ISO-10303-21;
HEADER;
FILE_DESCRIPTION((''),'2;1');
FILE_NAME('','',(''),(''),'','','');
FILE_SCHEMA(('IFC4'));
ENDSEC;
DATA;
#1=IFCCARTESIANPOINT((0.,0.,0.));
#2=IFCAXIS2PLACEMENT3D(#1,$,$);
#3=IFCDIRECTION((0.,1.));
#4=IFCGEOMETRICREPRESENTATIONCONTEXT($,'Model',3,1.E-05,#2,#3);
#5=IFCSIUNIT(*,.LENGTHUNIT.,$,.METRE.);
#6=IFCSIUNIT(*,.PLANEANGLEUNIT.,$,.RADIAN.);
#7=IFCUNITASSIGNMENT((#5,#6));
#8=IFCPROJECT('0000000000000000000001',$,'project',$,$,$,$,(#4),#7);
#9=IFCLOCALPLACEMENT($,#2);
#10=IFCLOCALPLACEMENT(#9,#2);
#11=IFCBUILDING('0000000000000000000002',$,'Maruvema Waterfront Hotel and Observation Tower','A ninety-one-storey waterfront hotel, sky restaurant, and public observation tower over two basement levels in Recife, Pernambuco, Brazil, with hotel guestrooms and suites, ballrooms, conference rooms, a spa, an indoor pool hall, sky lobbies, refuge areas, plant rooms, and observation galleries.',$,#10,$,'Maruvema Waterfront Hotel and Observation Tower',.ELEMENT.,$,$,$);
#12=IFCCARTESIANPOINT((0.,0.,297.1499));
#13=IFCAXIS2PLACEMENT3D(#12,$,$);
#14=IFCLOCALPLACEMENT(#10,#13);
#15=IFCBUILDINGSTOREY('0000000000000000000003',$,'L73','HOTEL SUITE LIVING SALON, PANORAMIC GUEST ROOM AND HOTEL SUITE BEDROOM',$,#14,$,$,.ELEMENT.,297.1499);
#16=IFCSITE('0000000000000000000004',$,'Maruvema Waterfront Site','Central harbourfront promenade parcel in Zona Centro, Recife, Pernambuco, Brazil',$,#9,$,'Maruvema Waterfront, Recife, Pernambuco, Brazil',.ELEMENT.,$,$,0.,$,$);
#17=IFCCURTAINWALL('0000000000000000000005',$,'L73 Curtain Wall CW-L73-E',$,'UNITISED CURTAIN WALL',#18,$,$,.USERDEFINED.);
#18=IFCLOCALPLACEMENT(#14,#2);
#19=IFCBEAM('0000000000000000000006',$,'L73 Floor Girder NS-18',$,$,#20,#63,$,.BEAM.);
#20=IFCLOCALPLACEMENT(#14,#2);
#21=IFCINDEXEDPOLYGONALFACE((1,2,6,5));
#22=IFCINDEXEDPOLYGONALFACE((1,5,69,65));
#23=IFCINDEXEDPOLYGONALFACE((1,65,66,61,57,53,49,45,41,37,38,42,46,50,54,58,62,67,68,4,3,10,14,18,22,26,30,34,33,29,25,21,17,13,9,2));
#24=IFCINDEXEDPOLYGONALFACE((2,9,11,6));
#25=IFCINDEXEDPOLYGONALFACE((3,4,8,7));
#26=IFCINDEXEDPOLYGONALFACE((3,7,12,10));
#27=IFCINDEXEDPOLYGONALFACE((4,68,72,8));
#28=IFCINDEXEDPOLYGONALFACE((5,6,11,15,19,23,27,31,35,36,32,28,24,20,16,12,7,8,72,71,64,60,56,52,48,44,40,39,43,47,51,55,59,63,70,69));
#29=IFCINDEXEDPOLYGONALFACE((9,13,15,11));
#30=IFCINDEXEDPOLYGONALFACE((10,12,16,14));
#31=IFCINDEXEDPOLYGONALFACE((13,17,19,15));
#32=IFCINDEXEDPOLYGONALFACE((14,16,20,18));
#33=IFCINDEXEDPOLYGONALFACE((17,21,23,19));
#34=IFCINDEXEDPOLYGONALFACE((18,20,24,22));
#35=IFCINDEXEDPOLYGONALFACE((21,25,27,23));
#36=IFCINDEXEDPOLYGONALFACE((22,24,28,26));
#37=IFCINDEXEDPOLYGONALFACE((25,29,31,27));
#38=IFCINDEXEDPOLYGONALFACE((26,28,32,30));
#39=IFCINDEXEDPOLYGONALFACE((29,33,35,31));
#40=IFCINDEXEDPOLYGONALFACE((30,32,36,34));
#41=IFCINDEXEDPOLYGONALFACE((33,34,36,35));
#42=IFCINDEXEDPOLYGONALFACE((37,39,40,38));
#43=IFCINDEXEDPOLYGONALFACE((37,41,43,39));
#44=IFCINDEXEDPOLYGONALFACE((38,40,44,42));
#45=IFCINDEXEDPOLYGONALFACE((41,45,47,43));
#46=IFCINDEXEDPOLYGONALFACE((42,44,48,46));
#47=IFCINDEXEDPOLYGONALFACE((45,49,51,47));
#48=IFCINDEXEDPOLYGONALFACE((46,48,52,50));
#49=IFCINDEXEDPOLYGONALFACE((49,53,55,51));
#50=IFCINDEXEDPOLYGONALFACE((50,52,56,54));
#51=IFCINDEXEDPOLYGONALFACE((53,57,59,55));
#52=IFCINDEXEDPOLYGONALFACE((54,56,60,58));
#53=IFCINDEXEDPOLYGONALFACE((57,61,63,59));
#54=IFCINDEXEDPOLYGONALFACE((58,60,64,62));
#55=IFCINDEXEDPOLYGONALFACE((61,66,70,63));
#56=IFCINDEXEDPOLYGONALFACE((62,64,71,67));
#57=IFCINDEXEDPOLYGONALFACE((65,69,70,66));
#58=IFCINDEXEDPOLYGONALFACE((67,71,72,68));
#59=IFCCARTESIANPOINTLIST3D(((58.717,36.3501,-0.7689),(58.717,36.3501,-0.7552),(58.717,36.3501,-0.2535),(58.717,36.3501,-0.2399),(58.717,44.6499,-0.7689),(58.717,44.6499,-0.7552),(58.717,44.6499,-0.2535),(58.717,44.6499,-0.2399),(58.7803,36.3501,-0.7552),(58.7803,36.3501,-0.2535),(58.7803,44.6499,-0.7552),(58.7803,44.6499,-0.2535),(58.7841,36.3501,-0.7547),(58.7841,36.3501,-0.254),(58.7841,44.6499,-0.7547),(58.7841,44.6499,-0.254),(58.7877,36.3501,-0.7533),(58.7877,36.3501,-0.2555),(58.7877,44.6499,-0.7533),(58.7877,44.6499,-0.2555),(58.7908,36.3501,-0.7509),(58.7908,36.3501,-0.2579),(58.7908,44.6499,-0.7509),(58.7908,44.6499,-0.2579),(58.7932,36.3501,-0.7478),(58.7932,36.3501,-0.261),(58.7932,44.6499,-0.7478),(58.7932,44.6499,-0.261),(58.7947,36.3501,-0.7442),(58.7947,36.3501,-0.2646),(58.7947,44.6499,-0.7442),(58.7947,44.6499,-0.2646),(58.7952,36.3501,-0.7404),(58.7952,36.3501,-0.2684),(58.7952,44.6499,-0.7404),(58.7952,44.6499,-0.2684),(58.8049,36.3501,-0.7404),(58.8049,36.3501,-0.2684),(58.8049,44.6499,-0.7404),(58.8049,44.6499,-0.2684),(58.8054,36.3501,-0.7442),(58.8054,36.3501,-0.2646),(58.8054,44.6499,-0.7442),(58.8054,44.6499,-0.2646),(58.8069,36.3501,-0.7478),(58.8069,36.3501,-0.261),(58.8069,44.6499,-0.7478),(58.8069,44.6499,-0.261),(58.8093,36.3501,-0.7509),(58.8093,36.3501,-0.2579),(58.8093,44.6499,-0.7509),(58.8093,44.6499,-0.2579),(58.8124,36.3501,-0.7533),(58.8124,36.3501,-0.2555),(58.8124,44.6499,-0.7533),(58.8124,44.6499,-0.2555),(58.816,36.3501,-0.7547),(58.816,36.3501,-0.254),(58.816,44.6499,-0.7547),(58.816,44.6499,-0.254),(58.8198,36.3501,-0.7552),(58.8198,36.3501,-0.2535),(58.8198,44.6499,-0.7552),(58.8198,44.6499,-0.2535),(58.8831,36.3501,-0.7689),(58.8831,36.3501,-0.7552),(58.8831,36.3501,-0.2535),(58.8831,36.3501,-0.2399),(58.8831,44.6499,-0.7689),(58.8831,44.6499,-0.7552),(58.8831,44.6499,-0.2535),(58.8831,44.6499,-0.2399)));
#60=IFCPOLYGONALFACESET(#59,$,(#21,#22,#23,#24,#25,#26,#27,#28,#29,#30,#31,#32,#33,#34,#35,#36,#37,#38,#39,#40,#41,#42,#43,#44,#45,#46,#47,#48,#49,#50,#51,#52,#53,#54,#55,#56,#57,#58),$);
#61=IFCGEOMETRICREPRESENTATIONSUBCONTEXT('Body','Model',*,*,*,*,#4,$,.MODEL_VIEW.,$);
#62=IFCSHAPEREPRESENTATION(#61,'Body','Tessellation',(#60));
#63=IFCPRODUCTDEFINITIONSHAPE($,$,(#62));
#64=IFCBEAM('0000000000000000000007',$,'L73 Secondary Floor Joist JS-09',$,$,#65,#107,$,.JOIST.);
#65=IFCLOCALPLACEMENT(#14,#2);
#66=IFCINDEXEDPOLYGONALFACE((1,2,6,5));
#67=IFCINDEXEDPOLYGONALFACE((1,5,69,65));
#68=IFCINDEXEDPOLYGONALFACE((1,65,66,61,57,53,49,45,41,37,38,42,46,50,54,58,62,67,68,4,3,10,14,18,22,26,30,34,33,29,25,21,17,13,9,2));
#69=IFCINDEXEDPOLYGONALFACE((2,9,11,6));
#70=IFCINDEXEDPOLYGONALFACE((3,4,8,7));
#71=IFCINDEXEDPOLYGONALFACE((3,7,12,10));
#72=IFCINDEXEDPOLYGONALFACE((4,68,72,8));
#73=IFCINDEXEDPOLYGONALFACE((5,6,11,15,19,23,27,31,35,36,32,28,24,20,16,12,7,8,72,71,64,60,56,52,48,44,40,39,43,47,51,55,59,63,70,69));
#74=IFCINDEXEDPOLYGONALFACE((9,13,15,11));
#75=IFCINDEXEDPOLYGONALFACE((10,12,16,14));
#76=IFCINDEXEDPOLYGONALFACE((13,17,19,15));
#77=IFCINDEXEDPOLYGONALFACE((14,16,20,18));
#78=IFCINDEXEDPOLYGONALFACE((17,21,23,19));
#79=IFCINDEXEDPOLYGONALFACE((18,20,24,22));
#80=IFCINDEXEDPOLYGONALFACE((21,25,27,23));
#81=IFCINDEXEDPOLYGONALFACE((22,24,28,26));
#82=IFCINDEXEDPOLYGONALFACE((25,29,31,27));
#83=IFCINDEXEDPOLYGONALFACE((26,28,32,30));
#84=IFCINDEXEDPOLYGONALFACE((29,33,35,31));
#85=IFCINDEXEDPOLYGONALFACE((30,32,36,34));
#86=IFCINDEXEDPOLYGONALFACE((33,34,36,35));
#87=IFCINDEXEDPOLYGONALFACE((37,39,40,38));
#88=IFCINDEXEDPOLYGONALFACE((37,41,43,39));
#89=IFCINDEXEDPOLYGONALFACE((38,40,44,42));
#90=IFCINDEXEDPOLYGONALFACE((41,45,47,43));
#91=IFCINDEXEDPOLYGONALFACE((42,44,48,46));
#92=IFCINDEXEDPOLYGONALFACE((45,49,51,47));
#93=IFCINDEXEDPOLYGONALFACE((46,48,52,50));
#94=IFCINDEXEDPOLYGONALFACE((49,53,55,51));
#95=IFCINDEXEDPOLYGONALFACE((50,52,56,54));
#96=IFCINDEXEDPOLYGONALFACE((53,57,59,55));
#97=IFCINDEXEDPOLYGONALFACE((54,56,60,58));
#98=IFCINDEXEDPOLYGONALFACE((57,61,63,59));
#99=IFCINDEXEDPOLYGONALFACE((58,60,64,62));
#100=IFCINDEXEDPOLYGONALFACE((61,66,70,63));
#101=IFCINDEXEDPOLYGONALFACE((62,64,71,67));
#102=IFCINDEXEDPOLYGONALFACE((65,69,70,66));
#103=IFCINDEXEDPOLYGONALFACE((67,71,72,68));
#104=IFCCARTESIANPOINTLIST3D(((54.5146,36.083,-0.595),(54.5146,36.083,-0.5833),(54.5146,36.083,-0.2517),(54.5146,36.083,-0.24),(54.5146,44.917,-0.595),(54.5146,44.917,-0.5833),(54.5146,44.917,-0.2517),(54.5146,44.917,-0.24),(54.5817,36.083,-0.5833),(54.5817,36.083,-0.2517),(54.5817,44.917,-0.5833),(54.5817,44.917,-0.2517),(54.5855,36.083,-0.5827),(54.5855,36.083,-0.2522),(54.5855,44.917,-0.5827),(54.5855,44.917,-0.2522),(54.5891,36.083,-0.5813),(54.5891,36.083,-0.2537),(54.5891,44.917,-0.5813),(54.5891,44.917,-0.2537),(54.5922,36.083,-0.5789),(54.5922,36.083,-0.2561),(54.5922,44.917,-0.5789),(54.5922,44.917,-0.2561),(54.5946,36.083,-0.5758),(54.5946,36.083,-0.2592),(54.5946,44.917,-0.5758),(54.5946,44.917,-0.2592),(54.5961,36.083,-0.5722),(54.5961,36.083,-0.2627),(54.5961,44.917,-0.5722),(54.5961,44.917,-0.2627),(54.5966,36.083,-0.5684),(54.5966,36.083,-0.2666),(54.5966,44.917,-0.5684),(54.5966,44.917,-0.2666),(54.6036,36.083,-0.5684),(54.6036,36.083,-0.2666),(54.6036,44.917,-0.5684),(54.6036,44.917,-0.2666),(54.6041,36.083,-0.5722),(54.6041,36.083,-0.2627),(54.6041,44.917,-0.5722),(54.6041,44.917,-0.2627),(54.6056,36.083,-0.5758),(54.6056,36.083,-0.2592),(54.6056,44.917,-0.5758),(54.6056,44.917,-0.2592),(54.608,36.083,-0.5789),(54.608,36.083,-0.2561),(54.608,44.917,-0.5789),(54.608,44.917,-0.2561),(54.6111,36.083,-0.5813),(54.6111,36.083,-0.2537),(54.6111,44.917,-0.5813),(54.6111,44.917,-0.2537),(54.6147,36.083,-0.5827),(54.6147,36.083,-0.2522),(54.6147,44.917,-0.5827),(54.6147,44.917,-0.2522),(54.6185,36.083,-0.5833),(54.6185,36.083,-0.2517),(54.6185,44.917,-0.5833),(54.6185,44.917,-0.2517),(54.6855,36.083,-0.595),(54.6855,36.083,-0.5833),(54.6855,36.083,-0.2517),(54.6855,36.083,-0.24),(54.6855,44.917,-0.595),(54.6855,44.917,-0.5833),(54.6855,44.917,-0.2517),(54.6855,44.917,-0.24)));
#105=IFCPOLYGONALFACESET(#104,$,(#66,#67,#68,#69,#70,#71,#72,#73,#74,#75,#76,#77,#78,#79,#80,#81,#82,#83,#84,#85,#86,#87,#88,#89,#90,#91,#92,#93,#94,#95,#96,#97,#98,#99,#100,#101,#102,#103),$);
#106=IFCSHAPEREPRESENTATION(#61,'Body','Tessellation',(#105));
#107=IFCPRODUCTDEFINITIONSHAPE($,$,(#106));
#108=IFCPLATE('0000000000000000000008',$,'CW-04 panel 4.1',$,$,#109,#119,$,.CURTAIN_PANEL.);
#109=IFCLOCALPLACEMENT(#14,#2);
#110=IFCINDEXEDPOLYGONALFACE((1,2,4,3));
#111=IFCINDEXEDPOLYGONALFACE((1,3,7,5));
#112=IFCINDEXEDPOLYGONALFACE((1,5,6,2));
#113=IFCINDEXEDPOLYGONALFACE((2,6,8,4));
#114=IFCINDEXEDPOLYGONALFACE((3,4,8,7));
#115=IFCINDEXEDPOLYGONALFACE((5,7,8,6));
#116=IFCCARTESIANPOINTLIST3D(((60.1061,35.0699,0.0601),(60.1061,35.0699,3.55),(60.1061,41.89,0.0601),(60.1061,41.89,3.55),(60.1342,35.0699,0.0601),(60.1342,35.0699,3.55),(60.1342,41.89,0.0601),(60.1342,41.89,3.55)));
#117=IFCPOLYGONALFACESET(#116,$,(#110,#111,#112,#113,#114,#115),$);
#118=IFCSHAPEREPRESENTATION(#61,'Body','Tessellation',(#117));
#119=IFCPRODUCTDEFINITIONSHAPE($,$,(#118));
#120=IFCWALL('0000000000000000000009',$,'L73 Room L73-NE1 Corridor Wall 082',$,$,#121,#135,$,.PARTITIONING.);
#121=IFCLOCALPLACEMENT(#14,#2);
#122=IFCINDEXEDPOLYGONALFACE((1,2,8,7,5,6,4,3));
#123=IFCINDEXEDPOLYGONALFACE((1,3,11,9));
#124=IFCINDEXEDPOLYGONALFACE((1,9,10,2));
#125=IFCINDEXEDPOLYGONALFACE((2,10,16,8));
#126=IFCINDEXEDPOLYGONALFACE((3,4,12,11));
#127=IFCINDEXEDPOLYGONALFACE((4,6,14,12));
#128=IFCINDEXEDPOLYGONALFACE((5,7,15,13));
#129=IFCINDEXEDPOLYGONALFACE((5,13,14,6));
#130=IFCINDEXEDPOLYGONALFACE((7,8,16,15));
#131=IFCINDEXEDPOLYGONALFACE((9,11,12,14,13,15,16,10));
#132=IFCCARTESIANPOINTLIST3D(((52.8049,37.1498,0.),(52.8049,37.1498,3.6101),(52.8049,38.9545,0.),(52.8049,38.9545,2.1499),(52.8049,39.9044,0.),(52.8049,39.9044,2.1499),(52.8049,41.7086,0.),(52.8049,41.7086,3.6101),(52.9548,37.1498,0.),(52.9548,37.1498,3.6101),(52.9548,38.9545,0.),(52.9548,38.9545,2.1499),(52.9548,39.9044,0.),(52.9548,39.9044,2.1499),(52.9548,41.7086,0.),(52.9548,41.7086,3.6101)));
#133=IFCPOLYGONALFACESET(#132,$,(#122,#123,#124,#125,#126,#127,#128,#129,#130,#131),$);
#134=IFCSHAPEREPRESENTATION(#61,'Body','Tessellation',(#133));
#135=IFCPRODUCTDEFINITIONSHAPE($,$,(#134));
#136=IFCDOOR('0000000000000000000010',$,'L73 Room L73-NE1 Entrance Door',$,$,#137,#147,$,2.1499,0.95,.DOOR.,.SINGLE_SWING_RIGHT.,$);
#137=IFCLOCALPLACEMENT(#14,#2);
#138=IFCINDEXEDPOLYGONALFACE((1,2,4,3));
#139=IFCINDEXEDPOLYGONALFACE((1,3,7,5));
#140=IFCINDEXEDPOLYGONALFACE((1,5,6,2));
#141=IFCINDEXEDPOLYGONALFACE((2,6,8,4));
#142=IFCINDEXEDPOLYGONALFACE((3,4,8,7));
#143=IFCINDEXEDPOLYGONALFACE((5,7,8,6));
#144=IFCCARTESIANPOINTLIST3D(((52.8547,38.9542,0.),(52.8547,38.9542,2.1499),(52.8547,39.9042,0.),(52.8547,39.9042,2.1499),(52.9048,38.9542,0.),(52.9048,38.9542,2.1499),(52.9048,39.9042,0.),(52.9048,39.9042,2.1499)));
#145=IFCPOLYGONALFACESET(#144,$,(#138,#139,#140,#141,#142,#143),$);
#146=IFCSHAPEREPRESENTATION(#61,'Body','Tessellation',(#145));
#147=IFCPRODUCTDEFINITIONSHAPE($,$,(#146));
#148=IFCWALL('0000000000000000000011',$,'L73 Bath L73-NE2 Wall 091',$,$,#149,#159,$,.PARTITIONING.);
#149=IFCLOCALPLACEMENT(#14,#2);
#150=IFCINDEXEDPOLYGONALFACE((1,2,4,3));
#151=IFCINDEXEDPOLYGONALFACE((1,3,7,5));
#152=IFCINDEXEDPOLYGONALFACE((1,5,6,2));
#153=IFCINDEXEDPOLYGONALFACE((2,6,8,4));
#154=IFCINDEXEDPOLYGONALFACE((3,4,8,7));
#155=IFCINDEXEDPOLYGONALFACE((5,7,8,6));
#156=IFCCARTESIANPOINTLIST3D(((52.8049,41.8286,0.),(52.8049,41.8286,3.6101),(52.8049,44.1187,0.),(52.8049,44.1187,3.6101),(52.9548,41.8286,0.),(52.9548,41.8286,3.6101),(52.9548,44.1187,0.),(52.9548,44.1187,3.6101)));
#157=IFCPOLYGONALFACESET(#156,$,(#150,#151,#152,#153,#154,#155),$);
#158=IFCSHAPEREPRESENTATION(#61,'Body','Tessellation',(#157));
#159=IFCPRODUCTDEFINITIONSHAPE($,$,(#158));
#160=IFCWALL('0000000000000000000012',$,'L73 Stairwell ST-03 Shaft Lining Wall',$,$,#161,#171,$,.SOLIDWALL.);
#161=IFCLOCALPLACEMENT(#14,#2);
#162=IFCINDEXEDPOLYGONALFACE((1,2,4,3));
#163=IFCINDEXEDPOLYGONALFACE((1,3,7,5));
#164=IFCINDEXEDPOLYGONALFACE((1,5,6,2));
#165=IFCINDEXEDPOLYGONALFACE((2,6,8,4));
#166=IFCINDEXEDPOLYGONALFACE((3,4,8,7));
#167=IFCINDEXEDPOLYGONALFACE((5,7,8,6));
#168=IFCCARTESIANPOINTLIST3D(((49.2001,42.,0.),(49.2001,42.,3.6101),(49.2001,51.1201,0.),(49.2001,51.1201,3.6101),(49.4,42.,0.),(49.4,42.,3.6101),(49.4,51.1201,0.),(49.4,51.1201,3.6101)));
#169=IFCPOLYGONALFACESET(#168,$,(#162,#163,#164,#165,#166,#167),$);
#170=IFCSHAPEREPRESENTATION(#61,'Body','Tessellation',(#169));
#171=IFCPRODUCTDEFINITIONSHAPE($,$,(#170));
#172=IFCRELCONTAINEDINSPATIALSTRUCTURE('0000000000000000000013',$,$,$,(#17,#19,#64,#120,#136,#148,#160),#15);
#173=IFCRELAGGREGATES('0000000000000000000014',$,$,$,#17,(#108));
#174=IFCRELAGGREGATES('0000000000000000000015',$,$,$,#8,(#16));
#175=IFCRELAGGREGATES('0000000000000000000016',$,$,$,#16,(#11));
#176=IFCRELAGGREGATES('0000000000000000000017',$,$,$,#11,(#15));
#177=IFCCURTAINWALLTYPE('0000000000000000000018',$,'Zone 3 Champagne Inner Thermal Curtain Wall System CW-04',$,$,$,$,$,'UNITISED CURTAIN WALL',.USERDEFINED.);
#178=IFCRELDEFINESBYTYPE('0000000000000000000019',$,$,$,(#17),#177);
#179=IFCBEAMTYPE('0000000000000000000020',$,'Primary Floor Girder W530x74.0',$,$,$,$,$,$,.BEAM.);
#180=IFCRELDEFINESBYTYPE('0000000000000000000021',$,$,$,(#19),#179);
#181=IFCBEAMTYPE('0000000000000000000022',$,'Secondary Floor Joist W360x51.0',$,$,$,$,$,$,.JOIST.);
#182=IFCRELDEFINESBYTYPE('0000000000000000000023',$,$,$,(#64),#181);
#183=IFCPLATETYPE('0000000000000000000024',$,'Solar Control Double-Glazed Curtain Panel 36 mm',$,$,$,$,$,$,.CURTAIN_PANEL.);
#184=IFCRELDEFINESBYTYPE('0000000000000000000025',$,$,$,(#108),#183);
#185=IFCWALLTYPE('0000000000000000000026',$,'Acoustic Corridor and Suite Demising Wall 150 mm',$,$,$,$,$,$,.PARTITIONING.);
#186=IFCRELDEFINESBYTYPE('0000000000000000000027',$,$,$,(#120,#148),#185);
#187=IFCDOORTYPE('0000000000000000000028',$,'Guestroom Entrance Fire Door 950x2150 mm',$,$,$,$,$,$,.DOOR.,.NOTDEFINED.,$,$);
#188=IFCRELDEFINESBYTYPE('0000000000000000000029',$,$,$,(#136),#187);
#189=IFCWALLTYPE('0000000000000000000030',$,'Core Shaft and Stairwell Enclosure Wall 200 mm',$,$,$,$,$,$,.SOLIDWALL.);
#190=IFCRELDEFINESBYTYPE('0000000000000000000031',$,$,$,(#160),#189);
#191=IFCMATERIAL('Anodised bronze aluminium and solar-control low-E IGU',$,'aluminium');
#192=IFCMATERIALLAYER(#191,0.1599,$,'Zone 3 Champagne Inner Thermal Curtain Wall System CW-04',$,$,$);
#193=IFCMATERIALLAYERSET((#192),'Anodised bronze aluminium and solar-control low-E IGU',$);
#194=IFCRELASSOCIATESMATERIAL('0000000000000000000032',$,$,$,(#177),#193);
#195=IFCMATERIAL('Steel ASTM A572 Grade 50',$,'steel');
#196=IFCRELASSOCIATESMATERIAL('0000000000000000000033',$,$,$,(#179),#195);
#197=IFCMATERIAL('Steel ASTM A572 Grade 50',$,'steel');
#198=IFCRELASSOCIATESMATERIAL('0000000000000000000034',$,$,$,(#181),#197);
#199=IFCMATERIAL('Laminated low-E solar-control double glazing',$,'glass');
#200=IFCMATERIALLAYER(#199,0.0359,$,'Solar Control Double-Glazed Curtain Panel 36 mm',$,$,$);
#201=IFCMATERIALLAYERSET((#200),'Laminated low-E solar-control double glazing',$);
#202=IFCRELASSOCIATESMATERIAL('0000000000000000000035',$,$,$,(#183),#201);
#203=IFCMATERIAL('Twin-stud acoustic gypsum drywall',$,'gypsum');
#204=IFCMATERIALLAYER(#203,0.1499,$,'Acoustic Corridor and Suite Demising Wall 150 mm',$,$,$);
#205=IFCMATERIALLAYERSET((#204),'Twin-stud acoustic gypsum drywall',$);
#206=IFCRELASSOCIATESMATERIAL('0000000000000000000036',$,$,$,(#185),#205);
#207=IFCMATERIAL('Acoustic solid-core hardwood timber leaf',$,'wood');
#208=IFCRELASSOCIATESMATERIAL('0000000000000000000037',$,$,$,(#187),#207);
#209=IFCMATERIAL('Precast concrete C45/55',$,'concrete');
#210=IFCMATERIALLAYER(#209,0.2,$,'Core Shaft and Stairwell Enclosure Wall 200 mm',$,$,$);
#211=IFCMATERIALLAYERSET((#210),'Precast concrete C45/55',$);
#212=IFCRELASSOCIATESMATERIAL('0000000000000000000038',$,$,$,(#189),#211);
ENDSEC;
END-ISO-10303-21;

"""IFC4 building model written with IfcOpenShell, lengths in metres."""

from ifc_helpers import new_model, si_unit, direction, frame, frame_2d, origin, origin_2d, place, context, subcontext, project, spatial, rectangle, i_section, extrude, material, layer, layer_set, material_profile, profile_set, type_object, element, fill, aggregate, save


model = new_model("IFC4")

# Units and contexts
model_context = context("Model", 3, precision=1e-05, world=origin(), true_north=direction((0.0, 1.0)))
body_context = subcontext(model_context, "Body", "Model", "MODEL_VIEW")
ifc_project = project(units=[si_unit("LENGTHUNIT", "METRE"), si_unit("PLANEANGLEUNIT", "RADIAN")], contexts=[model_context])

# Site, building, storey
site_placement = place(None, origin())
site = spatial("IfcSite", under=ifc_project, at=site_placement, Name="Maruvema Waterfront Site", Description="Central harbourfront promenade parcel in Zona Centro, Recife, Pernambuco, Brazil", LongName="Maruvema Waterfront, Recife, Pernambuco, Brazil", CompositionType="ELEMENT", RefElevation=0.0)
building_placement = place(site_placement, origin())
building = spatial("IfcBuilding", under=site, at=building_placement, Name="Maruvema Waterfront Hotel and Observation Tower", Description="A ninety-one-storey waterfront hotel, sky restaurant, and public observation tower over two basement levels in Recife, Pernambuco, Brazil, with hotel guestrooms and suites, ballrooms, conference rooms, a spa, an indoor pool hall, sky lobbies, refuge areas, plant rooms, and observation galleries.", LongName="Maruvema Waterfront Hotel and Observation Tower", CompositionType="ELEMENT")
storey_placement = place(building_placement, frame((0.0, 0.0, 297.1499)))
storey = spatial("IfcBuildingStorey", under=building, at=storey_placement, Name="L73", Description="HOTEL SUITE LIVING SALON, PANORAMIC GUEST ROOM AND HOTEL SUITE BEDROOM", CompositionType="ELEMENT", Elevation=297.1499)

# Curtain wall
ifc_material_1 = material(Name="Anodised bronze aluminium and solar-control low-E IGU", Category="aluminium")
ifc_layer_1 = layer(ifc_material_1, 0.1599, Name="Zone 3 Champagne Inner Thermal Curtain Wall System CW-04")
ifc_layer_set_1 = layer_set([ifc_layer_1], Name="Anodised bronze aluminium and solar-control low-E IGU")
curtain_wall_type = type_object("IfcCurtainWallType", Name="Zone 3 Champagne Inner Thermal Curtain Wall System CW-04", ElementType="UNITISED CURTAIN WALL", PredefinedType="USERDEFINED", material=ifc_layer_set_1)
curtain_wall_placement = place(storey_placement, origin())
curtain_wall = element("IfcCurtainWall", 1, at=curtain_wall_placement, inside=storey, type_object=curtain_wall_type, Name="L73 Curtain Wall CW-L73-E", ObjectType="UNITISED CURTAIN WALL", PredefinedType="USERDEFINED")

# Beams
ifc_material_2 = material(Name="Steel ASTM A572 Grade 50", Category="steel")
ifc_material_profile_1 = material_profile(ifc_material_2, i_section(OverallWidth=0.166, OverallDepth=0.5291, WebThickness=0.0098, FlangeThickness=0.0137, FilletRadius=0.0149, at=origin_2d()), Name="W530x74.0")
ifc_profile_set_1 = profile_set([ifc_material_profile_1], Name="Steel ASTM A572 Grade 50")
beam_type_1 = type_object("IfcBeamType", Name="Primary Floor Girder W530x74.0", PredefinedType="BEAM", material=ifc_profile_set_1)
beam_1_placement = place(storey_placement, frame((58.8, 36.3501, -0.5044), z_axis=(0.0, 1.0, 0.0), x_axis=(-1.0, 0.0, 0.0)))
element("IfcBeam", 2, at=beam_1_placement, inside=storey, type_object=beam_type_1, Name="L73 Floor Girder NS-18", PredefinedType="BEAM", context=body_context, shape_type="SweptSolid", body=[
    extrude(i_section(OverallWidth=0.166, OverallDepth=0.5291, WebThickness=0.0098, FlangeThickness=0.0137, FilletRadius=0.0149, at=origin_2d()), origin(), (0.0, 0.0, 1.0), 8.2998),
])
ifc_material_3 = material(Name="Steel ASTM A572 Grade 50", Category="steel")
ifc_material_profile_2 = material_profile(ifc_material_3, i_section(OverallWidth=0.1709, OverallDepth=0.355, WebThickness=0.0071, FlangeThickness=0.0117, FilletRadius=0.0149, at=origin_2d()), Name="W360x51.0")
ifc_profile_set_2 = profile_set([ifc_material_profile_2], Name="Steel ASTM A572 Grade 50")
beam_type_2 = type_object("IfcBeamType", Name="Secondary Floor Joist W360x51.0", PredefinedType="JOIST", material=ifc_profile_set_2)
beam_2_placement = place(storey_placement, frame((54.6001, 36.083, -0.4175), z_axis=(0.0, 1.0, 0.0), x_axis=(-1.0, 0.0, 0.0)))
element("IfcBeam", 3, at=beam_2_placement, inside=storey, type_object=beam_type_2, Name="L73 Secondary Floor Joist JS-09", PredefinedType="JOIST", context=body_context, shape_type="SweptSolid", body=[
    extrude(i_section(OverallWidth=0.1709, OverallDepth=0.355, WebThickness=0.0071, FlangeThickness=0.0117, FilletRadius=0.0149, at=origin_2d()), origin(), (0.0, 0.0, 1.0), 8.834),
])

# Plate
ifc_material_4 = material(Name="Laminated low-E solar-control double glazing", Category="glass")
ifc_layer_2 = layer(ifc_material_4, 0.0359, Name="Solar Control Double-Glazed Curtain Panel 36 mm")
ifc_layer_set_2 = layer_set([ifc_layer_2], Name="Laminated low-E solar-control double glazing")
plate_type = type_object("IfcPlateType", Name="Solar Control Double-Glazed Curtain Panel 36 mm", PredefinedType="CURTAIN_PANEL", material=ifc_layer_set_2)
plate_placement = place(storey_placement, frame((60.1201, 38.48, 0.0601), z_axis=(0.0, 0.0, 1.0), x_axis=(0.0, 1.0, 0.0)))
plate = element("IfcPlate", 4, at=plate_placement, type_object=plate_type, Name="CW-04 panel 4.1", PredefinedType="CURTAIN_PANEL", context=body_context, shape_type="SweptSolid", body=[
    extrude(rectangle(XDim=6.8201, YDim=0.0281, at=origin_2d()), origin(), (0.0, 0.0, 1.0), 3.49),
])
aggregate(curtain_wall, [plate])

# Wall, opening, door
ifc_material_5 = material(Name="Twin-stud acoustic gypsum drywall", Category="gypsum")
ifc_layer_3 = layer(ifc_material_5, 0.1499, Name="Acoustic Corridor and Suite Demising Wall 150 mm")
ifc_layer_set_3 = layer_set([ifc_layer_3], Name="Twin-stud acoustic gypsum drywall")
wall_type_1 = type_object("IfcWallType", Name="Acoustic Corridor and Suite Demising Wall 150 mm", PredefinedType="PARTITIONING", material=ifc_layer_set_3)
wall_1_placement = place(storey_placement, frame((52.8799, 37.1499, 0.0), z_axis=(0.0, 0.0, 1.0), x_axis=(0.0, 1.0, 0.0)))
wall_1 = element("IfcWall", 5, at=wall_1_placement, inside=storey, type_object=wall_type_1, Name="L73 Room L73-NE1 Corridor Wall 082", PredefinedType="PARTITIONING", context=body_context, shape_type="SweptSolid", body=[
    extrude(rectangle(XDim=4.5588, YDim=0.1499, at=frame_2d((2.2793, 0.0))), origin(), (0.0, 0.0, 1.0), 3.6101),
])
opening_1_placement = place(wall_1_placement, frame((1.8044, 0.0, 0.0)))
opening_1 = element("IfcOpeningElement", 6, at=opening_1_placement, cuts=wall_1, PredefinedType="OPENING", context=body_context, shape_type="SweptSolid", body=[
    extrude(rectangle(XDim=0.95, YDim=2.1499, at=frame_2d((0.4751, 1.075))), frame((0.0, 0.085, 0.0), z_axis=(0.0, -1.0, 0.0), x_axis=(1.0, 0.0, 0.0)), (0.0, 0.0, 1.0), 0.1699),
])
ifc_material_6 = material(Name="Acoustic solid-core hardwood timber leaf", Category="wood")
door_type_1 = type_object("IfcDoorType", Name="Guestroom Entrance Fire Door 950x2150 mm", OperationType="NOTDEFINED", PredefinedType="DOOR", material=ifc_material_6)
door_1_placement = place(opening_1_placement, frame((0.95, 0.0, 0.0), z_axis=(0.0, 0.0, 1.0), x_axis=(-1.0, 0.0, 0.0)))
door_1 = element("IfcDoor", 7, at=door_1_placement, inside=storey, type_object=door_type_1, Name="L73 Room L73-NE1 Entrance Door", OperationType="SINGLE_SWING_RIGHT", OverallHeight=2.1499, OverallWidth=0.95, PredefinedType="DOOR", context=body_context, shape_type="SweptSolid", body=[
    extrude(rectangle(XDim=0.95, YDim=2.1499, at=frame_2d((0.4751, 1.075))), frame((0.0, 0.0249, 0.0), z_axis=(0.0, -1.0, 0.0), x_axis=(1.0, 0.0, 0.0)), (0.0, 0.0, 1.0), 0.05),
])
fill(opening_1, door_1)

# Walls
wall_2_placement = place(storey_placement, frame((52.8799, 41.8286, 0.0), z_axis=(0.0, 0.0, 1.0), x_axis=(0.0, 1.0, 0.0)))
element("IfcWall", 8, at=wall_2_placement, inside=storey, type_object=wall_type_1, Name="L73 Bath L73-NE2 Wall 091", PredefinedType="PARTITIONING", context=body_context, shape_type="SweptSolid", body=[
    extrude(rectangle(XDim=2.29, YDim=0.1499, at=frame_2d((1.145, 0.0))), origin(), (0.0, 0.0, 1.0), 3.6101),
])
ifc_material_7 = material(Name="Precast concrete C45/55", Category="concrete")
ifc_layer_4 = layer(ifc_material_7, 0.2, Name="Core Shaft and Stairwell Enclosure Wall 200 mm")
ifc_layer_set_4 = layer_set([ifc_layer_4], Name="Precast concrete C45/55")
wall_type_2 = type_object("IfcWallType", Name="Core Shaft and Stairwell Enclosure Wall 200 mm", PredefinedType="SOLIDWALL", material=ifc_layer_set_4)
wall_3_placement = place(storey_placement, frame((49.3, 42.0, 0.0), z_axis=(0.0, 0.0, 1.0), x_axis=(0.0, 1.0, 0.0)))
element("IfcWall", 9, at=wall_3_placement, inside=storey, type_object=wall_type_2, Name="L73 Stairwell ST-03 Shaft Lining Wall", PredefinedType="SOLIDWALL", context=body_context, shape_type="SweptSolid", body=[
    extrude(rectangle(XDim=9.1201, YDim=0.2, at=frame_2d((4.5601, 0.0))), origin(), (0.0, 0.0, 1.0), 3.6101),
])

save(model, "model.ifc")
